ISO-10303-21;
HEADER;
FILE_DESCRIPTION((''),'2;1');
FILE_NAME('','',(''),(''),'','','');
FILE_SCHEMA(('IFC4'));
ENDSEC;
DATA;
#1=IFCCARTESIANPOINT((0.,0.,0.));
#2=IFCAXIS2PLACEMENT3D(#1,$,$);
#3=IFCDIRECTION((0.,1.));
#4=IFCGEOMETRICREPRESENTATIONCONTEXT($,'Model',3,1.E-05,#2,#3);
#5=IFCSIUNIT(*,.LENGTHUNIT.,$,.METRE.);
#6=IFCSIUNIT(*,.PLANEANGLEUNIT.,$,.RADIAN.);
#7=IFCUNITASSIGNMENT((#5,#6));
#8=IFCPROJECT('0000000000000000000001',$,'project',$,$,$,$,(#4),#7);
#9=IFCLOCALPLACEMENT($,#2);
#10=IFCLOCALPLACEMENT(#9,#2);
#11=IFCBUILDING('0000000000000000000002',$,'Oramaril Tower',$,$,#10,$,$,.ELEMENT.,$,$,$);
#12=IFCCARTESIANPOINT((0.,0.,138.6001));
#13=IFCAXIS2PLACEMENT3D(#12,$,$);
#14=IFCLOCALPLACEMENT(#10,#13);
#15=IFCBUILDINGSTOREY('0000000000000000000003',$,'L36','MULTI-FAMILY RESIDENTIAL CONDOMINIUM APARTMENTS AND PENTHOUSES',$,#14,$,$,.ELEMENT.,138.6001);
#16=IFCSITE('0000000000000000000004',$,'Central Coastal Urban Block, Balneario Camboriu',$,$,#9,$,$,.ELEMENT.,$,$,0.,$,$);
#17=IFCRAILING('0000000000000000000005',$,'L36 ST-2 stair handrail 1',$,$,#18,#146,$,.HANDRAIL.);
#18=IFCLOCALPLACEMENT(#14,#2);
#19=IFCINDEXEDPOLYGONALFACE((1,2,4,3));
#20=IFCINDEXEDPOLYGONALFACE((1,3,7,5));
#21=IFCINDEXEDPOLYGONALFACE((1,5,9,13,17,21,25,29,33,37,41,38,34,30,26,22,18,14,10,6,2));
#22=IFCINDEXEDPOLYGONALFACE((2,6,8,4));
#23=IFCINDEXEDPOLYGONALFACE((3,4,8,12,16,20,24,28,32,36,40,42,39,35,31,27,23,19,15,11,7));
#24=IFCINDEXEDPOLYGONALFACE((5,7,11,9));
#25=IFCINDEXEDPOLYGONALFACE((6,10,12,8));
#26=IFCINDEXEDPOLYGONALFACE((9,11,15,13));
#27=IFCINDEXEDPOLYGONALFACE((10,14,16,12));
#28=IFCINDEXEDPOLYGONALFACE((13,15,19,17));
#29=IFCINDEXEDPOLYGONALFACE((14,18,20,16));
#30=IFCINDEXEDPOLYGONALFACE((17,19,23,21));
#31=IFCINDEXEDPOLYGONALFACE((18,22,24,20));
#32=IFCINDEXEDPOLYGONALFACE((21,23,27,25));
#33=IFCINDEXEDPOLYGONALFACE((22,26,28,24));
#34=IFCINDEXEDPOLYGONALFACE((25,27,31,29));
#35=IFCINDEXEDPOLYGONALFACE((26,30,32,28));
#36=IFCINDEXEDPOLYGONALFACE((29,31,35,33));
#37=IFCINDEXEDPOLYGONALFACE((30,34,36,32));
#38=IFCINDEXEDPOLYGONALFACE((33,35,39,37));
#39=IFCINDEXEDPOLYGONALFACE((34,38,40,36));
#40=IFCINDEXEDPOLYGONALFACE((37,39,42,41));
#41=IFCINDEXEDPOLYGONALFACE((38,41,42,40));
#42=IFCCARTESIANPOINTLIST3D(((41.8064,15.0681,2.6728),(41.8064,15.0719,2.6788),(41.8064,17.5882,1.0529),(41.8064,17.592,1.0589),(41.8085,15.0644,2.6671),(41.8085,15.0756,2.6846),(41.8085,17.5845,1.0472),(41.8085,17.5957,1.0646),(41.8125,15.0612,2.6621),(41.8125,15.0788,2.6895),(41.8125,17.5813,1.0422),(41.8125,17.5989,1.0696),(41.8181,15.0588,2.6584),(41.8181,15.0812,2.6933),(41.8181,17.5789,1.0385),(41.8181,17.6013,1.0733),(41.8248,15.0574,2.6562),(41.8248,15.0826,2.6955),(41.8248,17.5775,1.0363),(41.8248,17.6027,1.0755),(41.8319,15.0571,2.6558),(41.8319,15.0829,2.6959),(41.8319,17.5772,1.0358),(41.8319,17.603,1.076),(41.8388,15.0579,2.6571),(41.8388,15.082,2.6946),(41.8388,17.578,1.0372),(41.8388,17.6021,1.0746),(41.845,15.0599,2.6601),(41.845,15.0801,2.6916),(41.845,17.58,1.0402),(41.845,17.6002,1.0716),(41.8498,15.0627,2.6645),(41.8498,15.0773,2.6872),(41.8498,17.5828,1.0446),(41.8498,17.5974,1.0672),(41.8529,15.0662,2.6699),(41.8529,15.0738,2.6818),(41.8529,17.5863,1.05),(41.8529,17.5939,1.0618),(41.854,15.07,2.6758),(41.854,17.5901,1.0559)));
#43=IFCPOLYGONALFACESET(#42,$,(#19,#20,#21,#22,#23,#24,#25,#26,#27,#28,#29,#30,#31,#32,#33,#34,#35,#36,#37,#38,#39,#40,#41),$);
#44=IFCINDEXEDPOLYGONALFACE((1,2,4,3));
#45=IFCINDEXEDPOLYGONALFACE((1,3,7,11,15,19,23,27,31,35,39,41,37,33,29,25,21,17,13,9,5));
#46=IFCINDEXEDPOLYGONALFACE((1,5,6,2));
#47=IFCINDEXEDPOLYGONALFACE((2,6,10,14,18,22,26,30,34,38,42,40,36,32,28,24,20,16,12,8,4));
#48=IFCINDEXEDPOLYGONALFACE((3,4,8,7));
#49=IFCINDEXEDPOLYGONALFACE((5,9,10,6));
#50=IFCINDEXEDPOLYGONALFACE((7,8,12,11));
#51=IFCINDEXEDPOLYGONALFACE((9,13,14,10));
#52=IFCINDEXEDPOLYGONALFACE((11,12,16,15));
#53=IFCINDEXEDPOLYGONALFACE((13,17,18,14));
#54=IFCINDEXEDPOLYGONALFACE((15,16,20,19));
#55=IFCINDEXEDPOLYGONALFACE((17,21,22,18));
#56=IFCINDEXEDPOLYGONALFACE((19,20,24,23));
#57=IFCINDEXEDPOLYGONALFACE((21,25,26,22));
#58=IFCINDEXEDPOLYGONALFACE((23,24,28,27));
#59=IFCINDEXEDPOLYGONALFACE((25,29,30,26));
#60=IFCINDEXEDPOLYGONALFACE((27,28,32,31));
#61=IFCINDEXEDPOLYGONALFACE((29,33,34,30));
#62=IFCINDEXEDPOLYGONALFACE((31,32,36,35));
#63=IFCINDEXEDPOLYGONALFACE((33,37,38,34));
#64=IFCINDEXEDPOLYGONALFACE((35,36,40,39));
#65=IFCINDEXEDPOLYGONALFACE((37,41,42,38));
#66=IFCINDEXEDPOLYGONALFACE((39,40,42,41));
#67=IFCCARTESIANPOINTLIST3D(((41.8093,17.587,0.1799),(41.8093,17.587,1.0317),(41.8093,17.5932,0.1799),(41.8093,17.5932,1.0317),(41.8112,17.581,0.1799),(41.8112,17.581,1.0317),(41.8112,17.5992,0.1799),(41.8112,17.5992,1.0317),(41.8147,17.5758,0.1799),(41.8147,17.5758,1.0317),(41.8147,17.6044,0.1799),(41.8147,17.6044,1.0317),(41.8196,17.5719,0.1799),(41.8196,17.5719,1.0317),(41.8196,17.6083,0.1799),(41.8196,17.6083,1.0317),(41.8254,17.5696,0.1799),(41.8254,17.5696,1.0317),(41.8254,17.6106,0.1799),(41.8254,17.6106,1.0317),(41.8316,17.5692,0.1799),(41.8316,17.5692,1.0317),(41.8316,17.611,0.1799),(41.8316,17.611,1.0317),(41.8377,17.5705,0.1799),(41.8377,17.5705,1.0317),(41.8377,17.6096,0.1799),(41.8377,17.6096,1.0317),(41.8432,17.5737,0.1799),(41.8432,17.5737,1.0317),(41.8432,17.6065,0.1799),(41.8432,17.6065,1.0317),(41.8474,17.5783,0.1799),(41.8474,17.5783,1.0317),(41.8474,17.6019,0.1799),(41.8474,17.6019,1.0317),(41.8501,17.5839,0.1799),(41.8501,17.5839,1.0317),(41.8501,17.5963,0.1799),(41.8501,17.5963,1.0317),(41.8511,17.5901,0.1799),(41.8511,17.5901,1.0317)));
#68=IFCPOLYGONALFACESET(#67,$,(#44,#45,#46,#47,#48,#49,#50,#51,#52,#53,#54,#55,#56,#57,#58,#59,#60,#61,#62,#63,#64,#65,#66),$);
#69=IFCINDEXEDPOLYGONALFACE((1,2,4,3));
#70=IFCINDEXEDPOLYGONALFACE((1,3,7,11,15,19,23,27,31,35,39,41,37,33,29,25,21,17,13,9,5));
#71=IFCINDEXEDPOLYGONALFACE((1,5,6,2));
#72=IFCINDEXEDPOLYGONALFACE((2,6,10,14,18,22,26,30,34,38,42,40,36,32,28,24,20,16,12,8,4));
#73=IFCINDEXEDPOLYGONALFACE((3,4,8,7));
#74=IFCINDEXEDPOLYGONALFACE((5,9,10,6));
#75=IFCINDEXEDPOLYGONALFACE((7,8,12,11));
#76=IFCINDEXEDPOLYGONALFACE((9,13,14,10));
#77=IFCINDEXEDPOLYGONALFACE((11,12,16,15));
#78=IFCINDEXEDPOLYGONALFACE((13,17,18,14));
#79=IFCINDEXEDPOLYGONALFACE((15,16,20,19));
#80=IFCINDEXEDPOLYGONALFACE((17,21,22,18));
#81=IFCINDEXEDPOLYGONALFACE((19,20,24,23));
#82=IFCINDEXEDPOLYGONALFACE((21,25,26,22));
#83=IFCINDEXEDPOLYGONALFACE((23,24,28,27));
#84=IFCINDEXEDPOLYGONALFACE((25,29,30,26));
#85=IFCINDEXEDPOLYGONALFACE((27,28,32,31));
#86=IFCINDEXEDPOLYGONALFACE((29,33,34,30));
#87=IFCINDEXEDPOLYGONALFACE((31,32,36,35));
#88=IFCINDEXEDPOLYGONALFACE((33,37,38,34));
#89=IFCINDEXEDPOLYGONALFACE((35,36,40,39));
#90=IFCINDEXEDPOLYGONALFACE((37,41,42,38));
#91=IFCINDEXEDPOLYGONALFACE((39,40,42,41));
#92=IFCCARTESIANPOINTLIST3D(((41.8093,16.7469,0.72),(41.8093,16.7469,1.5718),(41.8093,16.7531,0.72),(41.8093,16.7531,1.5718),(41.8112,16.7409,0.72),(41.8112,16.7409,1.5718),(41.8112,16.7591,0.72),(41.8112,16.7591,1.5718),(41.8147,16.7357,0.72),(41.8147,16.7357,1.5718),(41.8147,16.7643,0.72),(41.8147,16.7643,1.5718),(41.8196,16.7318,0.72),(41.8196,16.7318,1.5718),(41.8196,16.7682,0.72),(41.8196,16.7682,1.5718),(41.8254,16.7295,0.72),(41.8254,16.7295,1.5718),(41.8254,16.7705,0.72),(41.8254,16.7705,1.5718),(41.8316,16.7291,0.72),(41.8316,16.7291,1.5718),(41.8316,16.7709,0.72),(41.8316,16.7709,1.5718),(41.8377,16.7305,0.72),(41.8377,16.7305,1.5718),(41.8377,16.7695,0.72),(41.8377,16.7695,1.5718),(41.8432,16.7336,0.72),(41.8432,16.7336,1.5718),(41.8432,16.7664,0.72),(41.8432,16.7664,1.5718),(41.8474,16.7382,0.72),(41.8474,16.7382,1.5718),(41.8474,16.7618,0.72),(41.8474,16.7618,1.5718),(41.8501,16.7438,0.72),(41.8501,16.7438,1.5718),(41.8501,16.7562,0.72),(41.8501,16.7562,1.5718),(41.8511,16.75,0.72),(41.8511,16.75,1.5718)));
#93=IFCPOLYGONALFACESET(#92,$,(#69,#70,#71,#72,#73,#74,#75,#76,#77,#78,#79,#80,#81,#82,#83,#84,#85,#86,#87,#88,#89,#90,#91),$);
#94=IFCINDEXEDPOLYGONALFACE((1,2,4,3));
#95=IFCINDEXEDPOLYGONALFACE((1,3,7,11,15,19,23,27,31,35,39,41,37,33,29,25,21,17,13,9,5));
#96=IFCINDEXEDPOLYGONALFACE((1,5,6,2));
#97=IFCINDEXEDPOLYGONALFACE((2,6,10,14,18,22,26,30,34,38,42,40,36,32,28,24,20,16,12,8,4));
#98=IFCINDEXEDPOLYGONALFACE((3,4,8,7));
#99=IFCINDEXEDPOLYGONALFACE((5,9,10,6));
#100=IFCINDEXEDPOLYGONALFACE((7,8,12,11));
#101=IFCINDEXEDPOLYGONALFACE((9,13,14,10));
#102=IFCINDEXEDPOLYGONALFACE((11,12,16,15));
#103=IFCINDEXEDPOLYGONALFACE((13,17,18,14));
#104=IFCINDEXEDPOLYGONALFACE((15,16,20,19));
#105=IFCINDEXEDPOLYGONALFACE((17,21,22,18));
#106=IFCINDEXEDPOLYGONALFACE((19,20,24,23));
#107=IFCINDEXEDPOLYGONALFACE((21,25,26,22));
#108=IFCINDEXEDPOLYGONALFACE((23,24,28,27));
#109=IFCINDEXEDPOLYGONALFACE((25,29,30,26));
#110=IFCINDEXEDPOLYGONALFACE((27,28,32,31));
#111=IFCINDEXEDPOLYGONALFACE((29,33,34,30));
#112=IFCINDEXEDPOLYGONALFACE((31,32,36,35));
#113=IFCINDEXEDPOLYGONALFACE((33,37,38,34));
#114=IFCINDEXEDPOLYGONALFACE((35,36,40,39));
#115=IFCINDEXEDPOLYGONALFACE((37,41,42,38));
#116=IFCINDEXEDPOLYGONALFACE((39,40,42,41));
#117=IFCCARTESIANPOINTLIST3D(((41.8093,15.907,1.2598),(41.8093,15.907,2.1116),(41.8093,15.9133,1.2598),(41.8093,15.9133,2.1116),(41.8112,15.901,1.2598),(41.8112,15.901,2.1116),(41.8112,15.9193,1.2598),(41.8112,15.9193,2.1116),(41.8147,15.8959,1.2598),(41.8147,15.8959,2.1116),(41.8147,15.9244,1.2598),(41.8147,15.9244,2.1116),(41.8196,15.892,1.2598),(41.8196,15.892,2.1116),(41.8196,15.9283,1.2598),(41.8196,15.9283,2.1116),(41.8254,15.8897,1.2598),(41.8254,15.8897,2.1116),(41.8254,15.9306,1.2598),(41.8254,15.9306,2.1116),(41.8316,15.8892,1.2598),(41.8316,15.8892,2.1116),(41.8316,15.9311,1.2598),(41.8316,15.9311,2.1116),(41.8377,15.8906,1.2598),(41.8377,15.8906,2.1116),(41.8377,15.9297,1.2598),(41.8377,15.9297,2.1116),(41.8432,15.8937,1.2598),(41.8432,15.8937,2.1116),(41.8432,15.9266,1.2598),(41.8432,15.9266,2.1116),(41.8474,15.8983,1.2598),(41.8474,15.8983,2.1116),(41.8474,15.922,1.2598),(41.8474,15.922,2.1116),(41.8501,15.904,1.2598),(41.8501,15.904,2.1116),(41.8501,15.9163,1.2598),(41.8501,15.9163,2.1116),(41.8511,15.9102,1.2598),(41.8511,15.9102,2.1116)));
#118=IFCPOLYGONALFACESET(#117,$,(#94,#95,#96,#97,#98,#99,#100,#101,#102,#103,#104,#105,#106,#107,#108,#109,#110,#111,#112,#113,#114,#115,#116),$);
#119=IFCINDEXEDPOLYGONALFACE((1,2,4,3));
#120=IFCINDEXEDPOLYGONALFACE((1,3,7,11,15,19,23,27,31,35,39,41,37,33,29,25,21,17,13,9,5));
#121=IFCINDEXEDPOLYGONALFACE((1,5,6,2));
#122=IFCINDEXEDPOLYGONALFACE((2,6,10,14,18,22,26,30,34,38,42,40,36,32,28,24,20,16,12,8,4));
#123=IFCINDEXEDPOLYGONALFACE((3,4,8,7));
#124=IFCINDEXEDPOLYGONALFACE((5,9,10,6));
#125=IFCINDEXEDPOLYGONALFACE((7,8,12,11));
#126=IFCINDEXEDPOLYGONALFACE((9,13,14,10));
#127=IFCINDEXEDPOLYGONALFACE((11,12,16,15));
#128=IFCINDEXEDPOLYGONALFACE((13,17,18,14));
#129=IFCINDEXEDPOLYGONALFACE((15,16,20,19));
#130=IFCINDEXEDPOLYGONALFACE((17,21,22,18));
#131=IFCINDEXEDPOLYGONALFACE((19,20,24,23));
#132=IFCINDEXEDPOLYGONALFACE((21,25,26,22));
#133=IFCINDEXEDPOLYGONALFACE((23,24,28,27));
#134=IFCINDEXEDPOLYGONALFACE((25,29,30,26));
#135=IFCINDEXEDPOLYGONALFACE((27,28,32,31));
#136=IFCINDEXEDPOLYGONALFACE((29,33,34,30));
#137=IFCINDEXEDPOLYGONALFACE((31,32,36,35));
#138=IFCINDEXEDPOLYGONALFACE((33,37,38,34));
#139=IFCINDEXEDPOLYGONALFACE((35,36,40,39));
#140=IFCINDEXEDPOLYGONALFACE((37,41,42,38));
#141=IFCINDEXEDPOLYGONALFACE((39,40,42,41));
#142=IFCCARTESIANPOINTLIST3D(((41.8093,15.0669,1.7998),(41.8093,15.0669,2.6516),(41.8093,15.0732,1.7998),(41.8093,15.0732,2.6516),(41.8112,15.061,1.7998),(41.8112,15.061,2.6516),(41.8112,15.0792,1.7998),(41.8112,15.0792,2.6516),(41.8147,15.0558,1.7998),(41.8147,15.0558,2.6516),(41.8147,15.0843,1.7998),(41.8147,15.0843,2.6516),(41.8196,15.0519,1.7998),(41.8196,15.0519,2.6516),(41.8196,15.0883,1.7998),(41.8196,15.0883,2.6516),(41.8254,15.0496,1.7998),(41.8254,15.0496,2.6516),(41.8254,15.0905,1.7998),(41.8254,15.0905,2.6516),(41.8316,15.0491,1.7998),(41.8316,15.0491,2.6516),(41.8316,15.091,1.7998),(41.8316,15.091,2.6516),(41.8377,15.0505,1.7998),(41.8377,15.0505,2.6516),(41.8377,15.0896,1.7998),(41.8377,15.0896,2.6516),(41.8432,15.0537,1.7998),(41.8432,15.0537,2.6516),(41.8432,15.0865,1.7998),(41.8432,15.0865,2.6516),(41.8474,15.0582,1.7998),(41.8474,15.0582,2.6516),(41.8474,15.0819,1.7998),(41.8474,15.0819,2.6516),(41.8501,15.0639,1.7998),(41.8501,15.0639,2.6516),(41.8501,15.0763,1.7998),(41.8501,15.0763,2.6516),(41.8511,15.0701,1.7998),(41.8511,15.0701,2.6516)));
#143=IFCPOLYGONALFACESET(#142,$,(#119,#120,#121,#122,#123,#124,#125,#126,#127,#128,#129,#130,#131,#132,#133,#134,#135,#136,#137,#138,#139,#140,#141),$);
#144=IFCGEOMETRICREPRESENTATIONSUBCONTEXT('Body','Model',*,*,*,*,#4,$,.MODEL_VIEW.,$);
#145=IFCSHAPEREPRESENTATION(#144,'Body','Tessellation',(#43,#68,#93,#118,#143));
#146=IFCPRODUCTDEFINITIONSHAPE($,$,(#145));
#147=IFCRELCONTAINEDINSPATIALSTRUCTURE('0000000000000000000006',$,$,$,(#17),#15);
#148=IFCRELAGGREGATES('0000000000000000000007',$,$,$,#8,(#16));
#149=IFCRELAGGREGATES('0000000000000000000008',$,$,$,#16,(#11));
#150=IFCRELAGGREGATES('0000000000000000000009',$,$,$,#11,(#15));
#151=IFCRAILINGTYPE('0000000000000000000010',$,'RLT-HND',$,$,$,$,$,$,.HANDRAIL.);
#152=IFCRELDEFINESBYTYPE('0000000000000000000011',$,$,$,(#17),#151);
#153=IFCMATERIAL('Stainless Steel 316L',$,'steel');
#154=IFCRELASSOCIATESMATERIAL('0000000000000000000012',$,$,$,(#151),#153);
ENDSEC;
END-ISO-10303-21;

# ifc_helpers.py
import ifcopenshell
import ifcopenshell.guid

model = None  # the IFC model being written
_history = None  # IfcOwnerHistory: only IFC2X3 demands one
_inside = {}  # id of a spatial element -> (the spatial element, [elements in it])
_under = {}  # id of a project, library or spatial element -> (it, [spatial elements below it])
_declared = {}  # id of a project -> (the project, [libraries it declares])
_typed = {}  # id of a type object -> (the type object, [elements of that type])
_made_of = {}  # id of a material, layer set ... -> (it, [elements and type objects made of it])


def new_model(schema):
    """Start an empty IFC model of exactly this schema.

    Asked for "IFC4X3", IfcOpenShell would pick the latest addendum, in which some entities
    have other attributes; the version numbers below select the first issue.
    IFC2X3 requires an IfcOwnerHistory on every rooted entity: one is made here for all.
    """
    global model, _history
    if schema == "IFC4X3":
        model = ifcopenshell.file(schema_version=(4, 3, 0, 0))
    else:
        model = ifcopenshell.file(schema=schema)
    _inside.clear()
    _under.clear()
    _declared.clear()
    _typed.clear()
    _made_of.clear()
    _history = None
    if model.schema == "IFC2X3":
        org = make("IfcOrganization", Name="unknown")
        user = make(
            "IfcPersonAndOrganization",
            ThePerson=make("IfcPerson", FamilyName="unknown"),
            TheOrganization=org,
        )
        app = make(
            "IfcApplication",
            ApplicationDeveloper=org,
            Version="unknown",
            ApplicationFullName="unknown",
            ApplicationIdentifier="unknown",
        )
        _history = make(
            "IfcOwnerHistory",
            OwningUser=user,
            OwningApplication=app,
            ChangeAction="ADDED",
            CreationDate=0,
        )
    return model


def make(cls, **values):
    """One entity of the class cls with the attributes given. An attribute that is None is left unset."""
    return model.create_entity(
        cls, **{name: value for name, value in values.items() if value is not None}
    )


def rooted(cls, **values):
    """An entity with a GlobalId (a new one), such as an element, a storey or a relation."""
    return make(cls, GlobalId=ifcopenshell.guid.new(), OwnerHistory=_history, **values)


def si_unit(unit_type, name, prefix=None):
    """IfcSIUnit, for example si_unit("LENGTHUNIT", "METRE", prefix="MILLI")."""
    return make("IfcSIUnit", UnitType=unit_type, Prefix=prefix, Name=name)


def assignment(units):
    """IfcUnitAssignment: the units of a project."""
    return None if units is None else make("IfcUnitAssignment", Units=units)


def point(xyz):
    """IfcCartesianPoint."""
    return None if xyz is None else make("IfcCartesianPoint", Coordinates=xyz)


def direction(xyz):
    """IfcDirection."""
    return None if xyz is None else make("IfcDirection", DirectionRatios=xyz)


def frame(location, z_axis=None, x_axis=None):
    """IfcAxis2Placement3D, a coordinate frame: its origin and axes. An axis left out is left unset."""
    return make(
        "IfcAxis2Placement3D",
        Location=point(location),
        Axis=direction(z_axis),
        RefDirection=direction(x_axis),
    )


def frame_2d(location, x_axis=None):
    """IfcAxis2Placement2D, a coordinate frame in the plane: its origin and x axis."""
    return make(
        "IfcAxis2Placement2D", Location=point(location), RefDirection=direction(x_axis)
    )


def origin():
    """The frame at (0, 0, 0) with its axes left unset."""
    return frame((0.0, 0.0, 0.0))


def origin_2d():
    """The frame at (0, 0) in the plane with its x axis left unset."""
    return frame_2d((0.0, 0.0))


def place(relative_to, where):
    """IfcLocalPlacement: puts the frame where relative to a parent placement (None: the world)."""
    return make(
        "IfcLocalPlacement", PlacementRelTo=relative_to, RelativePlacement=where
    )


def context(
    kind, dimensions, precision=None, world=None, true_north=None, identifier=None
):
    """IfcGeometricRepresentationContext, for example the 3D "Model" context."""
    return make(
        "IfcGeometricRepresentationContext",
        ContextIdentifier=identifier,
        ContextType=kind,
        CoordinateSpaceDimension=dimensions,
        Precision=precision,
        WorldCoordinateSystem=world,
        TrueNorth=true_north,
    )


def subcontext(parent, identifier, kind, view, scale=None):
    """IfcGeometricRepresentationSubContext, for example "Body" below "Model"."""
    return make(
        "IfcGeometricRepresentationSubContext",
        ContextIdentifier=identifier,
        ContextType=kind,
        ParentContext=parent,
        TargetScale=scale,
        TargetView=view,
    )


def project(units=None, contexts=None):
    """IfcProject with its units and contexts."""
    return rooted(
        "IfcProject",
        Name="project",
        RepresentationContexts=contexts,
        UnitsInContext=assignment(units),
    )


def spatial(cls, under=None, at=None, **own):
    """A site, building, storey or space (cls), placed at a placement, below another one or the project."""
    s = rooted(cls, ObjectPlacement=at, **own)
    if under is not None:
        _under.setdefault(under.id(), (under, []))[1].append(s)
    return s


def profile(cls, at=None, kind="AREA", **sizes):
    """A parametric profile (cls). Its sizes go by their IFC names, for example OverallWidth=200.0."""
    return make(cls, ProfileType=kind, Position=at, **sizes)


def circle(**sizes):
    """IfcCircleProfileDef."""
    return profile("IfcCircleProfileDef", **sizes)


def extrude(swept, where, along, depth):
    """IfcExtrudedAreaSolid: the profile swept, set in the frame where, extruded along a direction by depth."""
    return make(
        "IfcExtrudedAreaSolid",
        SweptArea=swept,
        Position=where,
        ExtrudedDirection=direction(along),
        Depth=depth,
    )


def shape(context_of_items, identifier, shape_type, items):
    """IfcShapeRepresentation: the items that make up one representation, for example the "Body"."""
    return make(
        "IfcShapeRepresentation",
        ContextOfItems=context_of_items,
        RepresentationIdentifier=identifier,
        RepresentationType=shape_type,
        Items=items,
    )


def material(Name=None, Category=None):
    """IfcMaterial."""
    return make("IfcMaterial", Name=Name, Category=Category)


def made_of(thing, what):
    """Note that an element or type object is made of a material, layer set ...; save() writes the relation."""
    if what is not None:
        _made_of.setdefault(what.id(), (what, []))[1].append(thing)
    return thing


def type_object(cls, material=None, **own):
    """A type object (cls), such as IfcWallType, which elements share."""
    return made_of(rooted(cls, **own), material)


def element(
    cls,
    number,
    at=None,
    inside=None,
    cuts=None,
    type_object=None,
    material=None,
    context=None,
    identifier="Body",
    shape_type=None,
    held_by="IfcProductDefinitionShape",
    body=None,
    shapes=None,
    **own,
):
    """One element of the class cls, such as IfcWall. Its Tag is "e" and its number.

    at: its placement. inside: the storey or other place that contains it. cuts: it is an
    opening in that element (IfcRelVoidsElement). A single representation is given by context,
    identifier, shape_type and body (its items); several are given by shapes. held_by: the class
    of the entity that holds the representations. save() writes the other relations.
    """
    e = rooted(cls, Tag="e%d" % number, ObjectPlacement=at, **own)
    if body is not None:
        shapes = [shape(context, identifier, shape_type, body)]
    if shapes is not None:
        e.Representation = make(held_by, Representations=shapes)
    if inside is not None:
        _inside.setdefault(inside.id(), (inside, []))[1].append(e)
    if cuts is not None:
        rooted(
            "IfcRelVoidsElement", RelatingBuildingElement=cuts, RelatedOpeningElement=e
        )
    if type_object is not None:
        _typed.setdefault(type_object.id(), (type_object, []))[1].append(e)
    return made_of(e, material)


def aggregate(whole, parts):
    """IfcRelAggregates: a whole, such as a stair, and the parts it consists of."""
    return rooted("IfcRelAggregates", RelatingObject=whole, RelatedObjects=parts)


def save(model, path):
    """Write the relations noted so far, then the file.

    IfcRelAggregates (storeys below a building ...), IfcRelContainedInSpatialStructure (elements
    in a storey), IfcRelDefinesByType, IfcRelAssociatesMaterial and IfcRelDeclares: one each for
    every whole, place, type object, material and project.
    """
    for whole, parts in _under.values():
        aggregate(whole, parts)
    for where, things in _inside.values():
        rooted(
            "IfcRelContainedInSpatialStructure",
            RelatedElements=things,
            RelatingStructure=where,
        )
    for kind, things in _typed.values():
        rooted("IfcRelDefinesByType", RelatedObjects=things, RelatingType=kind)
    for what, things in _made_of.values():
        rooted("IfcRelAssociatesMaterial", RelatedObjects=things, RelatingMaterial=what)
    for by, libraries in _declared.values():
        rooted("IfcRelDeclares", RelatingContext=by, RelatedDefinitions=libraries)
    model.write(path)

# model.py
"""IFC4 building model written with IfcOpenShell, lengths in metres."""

from ifc_helpers import new_model, si_unit, direction, frame, origin, origin_2d, place, context, subcontext, project, spatial, circle, extrude, material, type_object, element, save


model = new_model("IFC4")

# Units and contexts
model_context = context("Model", 3, precision=1e-05, world=origin(), true_north=direction((0.0, 1.0)))
body_context = subcontext(model_context, "Body", "Model", "MODEL_VIEW")
ifc_project = project(units=[si_unit("LENGTHUNIT", "METRE"), si_unit("PLANEANGLEUNIT", "RADIAN")], contexts=[model_context])

# Site, building, storey
site_placement = place(None, origin())
site = spatial("IfcSite", under=ifc_project, at=site_placement, Name="Central Coastal Urban Block, Balneario Camboriu", CompositionType="ELEMENT", RefElevation=0.0)
building_placement = place(site_placement, origin())
building = spatial("IfcBuilding", under=site, at=building_placement, Name="Oramaril Tower", CompositionType="ELEMENT")
storey_placement = place(building_placement, frame((0.0, 0.0, 138.6001)))
storey = spatial("IfcBuildingStorey", under=building, at=storey_placement, Name="L36", Description="MULTI-FAMILY RESIDENTIAL CONDOMINIUM APARTMENTS AND PENTHOUSES", CompositionType="ELEMENT", Elevation=138.6001)

# Railing
ifc_material_1 = material(Name="Stainless Steel 316L", Category="steel")
railing_type_1 = type_object("IfcRailingType", Name="RLT-HND", PredefinedType="HANDRAIL", material=ifc_material_1)
railing_1_placement = place(storey_placement, frame((41.8301, 17.5901, 0.1799)))
element("IfcRailing", 1, at=railing_1_placement, inside=storey, type_object=railing_type_1, Name="L36 ST-2 stair handrail 1", PredefinedType="HANDRAIL", context=body_context, shape_type="SweptSolid", body=[
    extrude(circle(Radius=0.0239, at=origin_2d()), frame((0.0, 0.0, 0.876), z_axis=(0.0, -0.8412, 0.540725), x_axis=(1.0, 0.0, 0.0)), (0.0, 0.0, 1.0), 2.9958),
    extrude(circle(Radius=0.021, at=origin_2d()), origin(), (0.0, 0.0, 1.0), 0.8518),
    extrude(circle(Radius=0.021, at=origin_2d()), frame((0.0, -0.8401, 0.54)), (0.0, 0.0, 1.0), 0.8518),
    extrude(circle(Radius=0.021, at=origin_2d()), frame((0.0, -1.6799, 1.0798)), (0.0, 0.0, 1.0), 0.8518),
    extrude(circle(Radius=0.021, at=origin_2d()), frame((0.0, -2.52, 1.6199)), (0.0, 0.0, 1.0), 0.8518),
])

save(model, "model.ifc")
